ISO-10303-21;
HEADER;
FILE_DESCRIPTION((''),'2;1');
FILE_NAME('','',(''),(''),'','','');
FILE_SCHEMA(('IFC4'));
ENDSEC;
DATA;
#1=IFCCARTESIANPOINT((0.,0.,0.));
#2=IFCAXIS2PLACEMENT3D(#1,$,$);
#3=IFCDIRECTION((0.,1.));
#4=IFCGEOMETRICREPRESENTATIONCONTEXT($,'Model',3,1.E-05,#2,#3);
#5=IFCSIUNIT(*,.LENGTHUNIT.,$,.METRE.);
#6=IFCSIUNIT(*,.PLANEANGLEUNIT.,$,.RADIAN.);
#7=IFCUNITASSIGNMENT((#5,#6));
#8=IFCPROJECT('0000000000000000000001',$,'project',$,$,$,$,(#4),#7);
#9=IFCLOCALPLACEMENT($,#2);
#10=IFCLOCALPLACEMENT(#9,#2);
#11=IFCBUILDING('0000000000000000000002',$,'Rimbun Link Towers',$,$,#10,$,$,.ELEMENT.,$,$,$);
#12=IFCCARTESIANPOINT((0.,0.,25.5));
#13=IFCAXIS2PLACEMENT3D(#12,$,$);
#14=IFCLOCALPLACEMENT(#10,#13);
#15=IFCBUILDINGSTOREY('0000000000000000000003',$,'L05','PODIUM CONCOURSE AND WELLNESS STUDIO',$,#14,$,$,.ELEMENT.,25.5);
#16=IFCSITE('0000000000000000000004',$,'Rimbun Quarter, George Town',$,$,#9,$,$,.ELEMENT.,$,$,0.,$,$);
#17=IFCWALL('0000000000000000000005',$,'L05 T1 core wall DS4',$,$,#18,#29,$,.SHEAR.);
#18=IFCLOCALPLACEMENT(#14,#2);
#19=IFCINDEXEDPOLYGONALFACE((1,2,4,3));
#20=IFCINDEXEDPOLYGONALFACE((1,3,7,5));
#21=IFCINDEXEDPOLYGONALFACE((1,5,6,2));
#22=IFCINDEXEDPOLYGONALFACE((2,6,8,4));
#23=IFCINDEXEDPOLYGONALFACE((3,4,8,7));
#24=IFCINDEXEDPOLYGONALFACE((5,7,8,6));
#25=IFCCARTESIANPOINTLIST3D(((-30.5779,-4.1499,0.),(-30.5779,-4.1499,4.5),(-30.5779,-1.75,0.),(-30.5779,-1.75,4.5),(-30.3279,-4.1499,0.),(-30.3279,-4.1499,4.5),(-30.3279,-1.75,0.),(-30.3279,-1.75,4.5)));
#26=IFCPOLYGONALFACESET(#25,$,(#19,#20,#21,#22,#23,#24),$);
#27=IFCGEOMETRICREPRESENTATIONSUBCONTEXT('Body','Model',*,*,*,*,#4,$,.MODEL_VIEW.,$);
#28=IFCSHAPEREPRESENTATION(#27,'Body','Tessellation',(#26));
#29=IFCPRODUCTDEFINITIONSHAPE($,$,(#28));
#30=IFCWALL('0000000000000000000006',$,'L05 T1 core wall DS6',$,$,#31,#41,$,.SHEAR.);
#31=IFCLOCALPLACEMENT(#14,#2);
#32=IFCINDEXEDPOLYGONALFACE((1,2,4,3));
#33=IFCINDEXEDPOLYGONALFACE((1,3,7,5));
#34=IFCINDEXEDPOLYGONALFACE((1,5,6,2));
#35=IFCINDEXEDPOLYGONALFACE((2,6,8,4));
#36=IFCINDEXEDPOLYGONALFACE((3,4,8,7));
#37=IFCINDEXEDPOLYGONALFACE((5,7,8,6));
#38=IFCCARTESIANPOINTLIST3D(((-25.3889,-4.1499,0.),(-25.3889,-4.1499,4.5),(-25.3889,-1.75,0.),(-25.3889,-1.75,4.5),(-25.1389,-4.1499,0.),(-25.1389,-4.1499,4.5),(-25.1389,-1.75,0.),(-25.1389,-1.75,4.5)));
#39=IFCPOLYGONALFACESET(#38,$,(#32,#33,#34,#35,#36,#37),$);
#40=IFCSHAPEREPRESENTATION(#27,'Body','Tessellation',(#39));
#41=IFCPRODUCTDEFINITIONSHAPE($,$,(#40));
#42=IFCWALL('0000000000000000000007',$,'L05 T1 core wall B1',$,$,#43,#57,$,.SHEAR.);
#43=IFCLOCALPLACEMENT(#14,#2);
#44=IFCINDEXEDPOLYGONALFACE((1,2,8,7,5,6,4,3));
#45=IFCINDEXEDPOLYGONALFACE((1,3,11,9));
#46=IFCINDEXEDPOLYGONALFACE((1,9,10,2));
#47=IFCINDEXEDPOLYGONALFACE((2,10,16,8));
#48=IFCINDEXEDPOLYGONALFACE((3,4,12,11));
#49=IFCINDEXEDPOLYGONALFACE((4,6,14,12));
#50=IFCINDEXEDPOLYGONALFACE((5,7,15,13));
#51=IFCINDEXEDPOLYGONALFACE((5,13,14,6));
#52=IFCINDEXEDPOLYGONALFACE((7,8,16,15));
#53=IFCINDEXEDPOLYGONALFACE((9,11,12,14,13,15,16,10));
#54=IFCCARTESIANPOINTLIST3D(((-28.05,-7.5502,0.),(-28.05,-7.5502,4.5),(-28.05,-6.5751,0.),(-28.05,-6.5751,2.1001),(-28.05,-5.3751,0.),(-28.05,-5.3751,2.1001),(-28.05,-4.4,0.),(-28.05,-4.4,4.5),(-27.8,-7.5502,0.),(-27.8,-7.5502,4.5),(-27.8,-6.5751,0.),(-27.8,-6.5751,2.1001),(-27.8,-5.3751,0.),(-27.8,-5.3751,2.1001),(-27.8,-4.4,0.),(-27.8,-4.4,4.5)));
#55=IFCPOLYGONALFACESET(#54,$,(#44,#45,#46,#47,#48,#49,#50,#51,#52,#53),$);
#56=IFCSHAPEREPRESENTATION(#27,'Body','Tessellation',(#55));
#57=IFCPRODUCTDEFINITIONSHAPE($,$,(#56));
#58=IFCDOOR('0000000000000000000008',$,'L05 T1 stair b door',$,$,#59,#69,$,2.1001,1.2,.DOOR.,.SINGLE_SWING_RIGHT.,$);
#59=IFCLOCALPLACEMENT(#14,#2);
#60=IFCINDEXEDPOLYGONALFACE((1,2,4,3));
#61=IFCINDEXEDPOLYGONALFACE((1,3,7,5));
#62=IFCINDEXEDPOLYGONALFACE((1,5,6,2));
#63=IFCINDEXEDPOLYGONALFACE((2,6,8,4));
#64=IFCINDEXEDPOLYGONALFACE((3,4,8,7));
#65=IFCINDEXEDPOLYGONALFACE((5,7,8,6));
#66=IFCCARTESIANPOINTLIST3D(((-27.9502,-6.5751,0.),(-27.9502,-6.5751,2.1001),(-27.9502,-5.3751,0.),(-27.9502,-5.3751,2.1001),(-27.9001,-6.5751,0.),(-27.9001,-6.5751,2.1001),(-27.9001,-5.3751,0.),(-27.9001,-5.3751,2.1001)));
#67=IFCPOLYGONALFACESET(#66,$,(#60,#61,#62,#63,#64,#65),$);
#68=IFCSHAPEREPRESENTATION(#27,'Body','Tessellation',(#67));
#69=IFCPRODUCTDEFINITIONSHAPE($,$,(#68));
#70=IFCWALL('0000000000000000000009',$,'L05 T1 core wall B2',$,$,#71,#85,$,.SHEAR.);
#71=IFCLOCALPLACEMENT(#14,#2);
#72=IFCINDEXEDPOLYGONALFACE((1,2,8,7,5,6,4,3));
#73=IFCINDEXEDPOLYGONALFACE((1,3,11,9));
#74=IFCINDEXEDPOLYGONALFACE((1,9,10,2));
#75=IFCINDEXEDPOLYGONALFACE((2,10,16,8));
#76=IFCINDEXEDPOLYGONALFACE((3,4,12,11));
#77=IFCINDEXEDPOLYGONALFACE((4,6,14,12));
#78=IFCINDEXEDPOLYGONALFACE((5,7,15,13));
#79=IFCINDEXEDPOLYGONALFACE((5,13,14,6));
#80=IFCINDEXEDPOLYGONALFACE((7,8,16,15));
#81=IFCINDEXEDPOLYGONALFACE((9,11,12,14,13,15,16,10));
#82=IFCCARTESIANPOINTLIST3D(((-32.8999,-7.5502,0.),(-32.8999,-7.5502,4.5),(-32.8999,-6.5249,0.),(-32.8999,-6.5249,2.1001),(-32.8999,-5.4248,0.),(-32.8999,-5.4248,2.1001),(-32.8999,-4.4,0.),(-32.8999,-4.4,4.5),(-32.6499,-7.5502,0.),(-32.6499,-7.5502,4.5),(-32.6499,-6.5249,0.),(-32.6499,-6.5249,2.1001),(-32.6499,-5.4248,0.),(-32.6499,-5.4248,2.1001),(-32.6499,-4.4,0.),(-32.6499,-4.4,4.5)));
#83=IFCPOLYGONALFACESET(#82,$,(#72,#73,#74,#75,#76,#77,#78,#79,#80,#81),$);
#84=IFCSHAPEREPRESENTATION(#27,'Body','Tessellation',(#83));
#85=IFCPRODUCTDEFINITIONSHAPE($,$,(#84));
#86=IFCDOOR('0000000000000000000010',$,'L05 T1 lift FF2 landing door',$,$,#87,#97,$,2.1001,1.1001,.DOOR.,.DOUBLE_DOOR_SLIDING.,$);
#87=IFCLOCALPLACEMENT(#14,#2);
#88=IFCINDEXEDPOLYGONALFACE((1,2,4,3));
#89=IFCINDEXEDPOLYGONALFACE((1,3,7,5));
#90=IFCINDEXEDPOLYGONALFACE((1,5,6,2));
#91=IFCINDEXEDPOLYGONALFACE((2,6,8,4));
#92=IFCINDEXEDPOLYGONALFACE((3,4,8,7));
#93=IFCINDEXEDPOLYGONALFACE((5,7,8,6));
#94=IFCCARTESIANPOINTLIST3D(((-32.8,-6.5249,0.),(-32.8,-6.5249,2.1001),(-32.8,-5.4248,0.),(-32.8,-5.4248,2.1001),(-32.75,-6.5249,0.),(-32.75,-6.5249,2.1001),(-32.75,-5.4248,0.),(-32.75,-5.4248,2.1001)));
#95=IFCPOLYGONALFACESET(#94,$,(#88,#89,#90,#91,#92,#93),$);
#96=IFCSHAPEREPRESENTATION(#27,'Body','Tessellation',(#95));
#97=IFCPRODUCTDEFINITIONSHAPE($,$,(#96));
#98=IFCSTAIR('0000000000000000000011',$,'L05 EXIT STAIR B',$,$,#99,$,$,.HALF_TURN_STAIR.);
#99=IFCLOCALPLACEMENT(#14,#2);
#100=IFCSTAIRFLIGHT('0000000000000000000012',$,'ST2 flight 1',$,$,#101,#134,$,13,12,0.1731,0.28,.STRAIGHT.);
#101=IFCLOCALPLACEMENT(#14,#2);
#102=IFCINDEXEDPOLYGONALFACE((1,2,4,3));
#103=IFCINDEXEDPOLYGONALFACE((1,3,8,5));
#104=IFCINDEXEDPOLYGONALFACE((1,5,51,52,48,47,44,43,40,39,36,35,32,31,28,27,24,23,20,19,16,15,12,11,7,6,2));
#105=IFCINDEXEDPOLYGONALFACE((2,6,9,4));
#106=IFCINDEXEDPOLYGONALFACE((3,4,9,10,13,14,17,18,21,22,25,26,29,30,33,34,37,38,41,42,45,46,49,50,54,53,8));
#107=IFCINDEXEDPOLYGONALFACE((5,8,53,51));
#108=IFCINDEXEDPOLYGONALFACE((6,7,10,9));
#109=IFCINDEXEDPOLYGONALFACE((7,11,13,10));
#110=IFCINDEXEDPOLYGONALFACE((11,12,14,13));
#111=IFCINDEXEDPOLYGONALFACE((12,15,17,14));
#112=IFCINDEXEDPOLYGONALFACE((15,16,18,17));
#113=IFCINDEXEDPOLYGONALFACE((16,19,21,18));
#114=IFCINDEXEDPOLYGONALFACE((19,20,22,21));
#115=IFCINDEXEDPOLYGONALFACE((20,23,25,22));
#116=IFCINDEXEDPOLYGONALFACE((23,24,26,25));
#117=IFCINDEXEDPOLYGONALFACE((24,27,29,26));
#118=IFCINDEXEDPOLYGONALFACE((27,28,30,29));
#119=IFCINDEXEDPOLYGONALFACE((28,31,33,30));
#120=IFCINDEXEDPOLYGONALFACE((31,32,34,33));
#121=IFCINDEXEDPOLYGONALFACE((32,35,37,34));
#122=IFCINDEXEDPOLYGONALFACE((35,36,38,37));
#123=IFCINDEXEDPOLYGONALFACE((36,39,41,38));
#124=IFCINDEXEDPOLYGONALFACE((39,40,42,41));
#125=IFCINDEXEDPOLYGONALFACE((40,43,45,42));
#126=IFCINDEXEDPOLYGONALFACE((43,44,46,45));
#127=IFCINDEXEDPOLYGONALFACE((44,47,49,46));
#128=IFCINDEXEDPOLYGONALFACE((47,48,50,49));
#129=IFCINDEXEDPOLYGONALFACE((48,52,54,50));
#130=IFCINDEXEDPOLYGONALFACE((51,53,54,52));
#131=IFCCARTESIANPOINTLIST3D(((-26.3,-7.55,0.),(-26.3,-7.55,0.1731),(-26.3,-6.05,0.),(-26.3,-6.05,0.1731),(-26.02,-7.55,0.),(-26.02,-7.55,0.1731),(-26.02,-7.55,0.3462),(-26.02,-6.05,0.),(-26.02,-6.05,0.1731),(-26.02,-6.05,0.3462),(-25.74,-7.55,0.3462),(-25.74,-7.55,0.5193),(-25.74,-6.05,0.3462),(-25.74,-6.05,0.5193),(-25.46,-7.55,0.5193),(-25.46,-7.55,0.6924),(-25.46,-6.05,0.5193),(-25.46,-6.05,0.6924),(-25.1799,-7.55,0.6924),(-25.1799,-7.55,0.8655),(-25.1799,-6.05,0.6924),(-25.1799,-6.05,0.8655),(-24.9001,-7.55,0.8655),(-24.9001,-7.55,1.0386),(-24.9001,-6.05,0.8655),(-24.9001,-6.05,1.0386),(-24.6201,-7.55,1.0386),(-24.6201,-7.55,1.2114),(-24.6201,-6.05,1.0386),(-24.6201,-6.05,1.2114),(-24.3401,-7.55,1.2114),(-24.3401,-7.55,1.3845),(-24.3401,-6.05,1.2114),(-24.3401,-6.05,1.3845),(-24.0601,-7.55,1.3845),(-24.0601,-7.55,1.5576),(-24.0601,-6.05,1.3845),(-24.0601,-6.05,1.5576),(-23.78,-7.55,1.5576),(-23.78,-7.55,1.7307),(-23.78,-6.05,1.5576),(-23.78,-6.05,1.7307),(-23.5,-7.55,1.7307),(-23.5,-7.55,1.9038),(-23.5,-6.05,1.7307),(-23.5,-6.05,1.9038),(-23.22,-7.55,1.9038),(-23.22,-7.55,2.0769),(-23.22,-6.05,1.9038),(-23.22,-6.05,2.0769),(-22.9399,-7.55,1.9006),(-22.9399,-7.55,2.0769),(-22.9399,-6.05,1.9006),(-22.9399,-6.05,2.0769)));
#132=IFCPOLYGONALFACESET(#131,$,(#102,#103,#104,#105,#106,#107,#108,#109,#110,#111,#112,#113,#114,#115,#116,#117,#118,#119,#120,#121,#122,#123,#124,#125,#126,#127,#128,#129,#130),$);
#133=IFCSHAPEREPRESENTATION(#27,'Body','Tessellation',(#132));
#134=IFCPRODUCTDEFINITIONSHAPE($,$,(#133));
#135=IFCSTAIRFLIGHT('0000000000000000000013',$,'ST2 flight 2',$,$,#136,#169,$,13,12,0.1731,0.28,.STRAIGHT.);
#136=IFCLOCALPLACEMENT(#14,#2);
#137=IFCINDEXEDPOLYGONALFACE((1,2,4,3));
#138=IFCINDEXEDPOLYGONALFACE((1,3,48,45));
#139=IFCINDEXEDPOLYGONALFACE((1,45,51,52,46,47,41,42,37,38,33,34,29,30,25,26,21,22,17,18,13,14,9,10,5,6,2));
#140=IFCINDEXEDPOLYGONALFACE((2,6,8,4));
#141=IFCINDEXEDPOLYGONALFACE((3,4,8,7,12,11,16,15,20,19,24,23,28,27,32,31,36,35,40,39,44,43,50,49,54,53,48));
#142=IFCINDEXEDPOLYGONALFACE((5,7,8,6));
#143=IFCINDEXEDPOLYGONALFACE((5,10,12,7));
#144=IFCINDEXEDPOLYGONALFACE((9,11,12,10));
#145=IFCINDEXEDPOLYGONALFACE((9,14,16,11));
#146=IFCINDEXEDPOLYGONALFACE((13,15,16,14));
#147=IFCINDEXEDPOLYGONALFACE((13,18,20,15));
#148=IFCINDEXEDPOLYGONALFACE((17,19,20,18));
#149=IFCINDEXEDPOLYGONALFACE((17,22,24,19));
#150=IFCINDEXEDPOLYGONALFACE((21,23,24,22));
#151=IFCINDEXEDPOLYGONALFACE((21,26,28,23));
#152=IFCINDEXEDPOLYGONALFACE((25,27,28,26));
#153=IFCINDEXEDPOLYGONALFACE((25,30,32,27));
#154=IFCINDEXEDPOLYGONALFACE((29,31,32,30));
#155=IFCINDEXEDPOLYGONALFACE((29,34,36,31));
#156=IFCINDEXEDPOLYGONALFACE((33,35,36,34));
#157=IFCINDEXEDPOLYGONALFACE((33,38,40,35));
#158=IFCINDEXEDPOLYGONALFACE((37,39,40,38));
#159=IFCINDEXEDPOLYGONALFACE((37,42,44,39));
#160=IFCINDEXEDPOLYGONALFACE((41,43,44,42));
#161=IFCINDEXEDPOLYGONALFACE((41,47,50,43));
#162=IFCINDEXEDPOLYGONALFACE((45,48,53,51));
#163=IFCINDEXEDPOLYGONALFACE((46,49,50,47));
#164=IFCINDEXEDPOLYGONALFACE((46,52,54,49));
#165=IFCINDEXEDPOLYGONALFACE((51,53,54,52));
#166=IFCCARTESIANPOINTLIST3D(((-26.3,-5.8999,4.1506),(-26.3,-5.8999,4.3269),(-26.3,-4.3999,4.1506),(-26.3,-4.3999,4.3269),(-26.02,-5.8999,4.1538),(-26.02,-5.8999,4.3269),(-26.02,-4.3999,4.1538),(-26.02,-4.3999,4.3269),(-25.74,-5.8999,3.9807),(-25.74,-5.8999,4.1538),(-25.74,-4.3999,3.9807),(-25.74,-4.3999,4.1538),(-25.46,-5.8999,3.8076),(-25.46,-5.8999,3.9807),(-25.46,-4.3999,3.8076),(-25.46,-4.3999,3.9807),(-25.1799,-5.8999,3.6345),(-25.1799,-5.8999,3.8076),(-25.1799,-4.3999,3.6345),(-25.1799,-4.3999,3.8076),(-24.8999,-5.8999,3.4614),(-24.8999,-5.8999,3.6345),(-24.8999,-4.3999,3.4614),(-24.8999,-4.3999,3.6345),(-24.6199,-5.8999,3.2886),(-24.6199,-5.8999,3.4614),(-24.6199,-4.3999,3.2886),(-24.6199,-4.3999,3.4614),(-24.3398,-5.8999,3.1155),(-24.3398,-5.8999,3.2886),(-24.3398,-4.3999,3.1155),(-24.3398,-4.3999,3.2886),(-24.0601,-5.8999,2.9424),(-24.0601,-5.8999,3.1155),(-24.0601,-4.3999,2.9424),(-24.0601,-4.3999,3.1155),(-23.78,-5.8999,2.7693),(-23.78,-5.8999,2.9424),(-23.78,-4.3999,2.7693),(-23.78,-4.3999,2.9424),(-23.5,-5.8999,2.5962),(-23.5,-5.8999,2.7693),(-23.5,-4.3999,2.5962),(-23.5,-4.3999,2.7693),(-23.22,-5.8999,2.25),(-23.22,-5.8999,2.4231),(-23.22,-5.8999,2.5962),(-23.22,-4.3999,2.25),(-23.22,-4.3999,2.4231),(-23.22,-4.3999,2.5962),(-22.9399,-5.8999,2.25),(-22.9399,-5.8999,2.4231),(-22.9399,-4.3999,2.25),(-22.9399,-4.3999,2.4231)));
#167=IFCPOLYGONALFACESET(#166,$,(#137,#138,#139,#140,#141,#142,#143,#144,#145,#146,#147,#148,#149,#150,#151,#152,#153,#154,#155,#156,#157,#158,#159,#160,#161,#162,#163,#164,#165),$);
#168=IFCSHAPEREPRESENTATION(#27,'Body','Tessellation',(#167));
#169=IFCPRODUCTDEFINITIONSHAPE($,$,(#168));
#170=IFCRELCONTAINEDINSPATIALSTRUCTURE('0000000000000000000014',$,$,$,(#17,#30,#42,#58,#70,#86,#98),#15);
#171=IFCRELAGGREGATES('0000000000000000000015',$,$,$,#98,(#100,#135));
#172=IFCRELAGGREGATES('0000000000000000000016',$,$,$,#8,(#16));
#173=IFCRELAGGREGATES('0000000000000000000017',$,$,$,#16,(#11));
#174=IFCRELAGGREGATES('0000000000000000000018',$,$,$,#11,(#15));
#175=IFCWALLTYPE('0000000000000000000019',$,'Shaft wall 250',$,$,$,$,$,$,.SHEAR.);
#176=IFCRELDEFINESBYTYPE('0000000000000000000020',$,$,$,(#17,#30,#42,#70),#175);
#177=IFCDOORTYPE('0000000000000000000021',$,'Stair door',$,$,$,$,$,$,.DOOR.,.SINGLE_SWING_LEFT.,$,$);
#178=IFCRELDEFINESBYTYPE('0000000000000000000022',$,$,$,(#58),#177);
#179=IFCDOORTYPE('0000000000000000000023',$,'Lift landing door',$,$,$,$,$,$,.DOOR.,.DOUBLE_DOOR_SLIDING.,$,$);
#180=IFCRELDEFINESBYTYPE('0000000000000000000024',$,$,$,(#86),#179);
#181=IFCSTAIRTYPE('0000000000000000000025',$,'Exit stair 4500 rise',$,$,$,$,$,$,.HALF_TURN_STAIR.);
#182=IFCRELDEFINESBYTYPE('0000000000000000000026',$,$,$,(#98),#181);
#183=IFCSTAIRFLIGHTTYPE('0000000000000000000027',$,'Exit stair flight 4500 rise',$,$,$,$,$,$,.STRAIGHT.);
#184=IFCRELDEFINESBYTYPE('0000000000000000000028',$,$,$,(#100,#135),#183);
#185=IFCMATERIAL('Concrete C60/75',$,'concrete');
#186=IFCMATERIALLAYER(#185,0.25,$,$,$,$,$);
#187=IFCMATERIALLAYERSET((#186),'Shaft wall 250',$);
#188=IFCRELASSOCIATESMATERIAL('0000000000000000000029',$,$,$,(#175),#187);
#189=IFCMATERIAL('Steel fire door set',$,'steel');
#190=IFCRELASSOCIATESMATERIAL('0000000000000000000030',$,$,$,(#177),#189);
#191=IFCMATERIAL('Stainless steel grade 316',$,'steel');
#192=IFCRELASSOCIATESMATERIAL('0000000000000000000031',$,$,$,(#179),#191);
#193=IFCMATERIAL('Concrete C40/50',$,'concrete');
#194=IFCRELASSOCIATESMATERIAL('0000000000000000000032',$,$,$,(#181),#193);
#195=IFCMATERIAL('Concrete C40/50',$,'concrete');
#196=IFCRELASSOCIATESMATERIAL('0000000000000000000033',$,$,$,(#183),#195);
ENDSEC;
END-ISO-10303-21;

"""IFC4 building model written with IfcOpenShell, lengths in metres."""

from ifc_helpers import new_model, si_unit, direction, frame, frame_2d, origin, place, context, subcontext, project, spatial, polyline, rectangle, outline, extrude, material, layer, layer_set, type_object, element, fill, aggregate, save


model = new_model("IFC4")

# Units and contexts
model_context = context("Model", 3, precision=1e-05, world=origin(), true_north=direction((0.0, 1.0)))
body_context = subcontext(model_context, "Body", "Model", "MODEL_VIEW")
ifc_project = project(units=[si_unit("LENGTHUNIT", "METRE"), si_unit("PLANEANGLEUNIT", "RADIAN")], contexts=[model_context])

# Site, building, storey
site_placement = place(None, origin())
site = spatial("IfcSite", under=ifc_project, at=site_placement, Name="Rimbun Quarter, George Town", CompositionType="ELEMENT", RefElevation=0.0)
building_placement = place(site_placement, origin())
building = spatial("IfcBuilding", under=site, at=building_placement, Name="Rimbun Link Towers", CompositionType="ELEMENT")
storey_placement = place(building_placement, frame((0.0, 0.0, 25.5)))
storey = spatial("IfcBuildingStorey", under=building, at=storey_placement, Name="L05", Description="PODIUM CONCOURSE AND WELLNESS STUDIO", CompositionType="ELEMENT", Elevation=25.5)

# Walls
ifc_material_1 = material(Name="Concrete C60/75", Category="concrete")
ifc_layer_1 = layer(ifc_material_1, 0.25)
ifc_layer_set_1 = layer_set([ifc_layer_1], Name="Shaft wall 250")
wall_type_1 = type_object("IfcWallType", Name="Shaft wall 250", PredefinedType="SHEAR", material=ifc_layer_set_1)
for number, where, z_axis, x_axis, name in (
    (1, (-30.4529, -4.1499, 0.0), (0.0, 0.0, 1.0), (0.0, 1.0, 0.0), "L05 T1 core wall DS4"),
    (2, (-25.2639, -4.1499, 0.0), (0.0, 0.0, 1.0), (0.0, 1.0, 0.0), "L05 T1 core wall DS6"),
):
    element("IfcWall", number, at=place(storey_placement, frame(where, z_axis=z_axis, x_axis=x_axis)), inside=storey, type_object=wall_type_1, Name=name, PredefinedType="SHEAR", context=body_context, shape_type="SweptSolid", body=[
        extrude(rectangle(XDim=2.3999, YDim=0.25, at=frame_2d((1.2, 0.0))), origin(), (0.0, 0.0, 1.0), 4.5),
    ])

# Walls, openings, doors
wall_1_placement = place(storey_placement, frame((-27.925, -4.3999, 0.0), z_axis=(0.0, 0.0, 1.0), x_axis=(0.0, -1.0, 0.0)))
wall_1 = element("IfcWall", 3, at=wall_1_placement, inside=storey, type_object=wall_type_1, Name="L05 T1 core wall B1", PredefinedType="SHEAR", context=body_context, shape_type="SweptSolid", body=[
    extrude(rectangle(XDim=3.1501, YDim=0.25, at=frame_2d((1.5752, 0.0))), origin(), (0.0, 0.0, 1.0), 4.5),
])
opening_1_placement = place(wall_1_placement, frame((0.9751, 0.0, 0.0)))
opening_1 = element("IfcOpeningElement", 4, at=opening_1_placement, cuts=wall_1, PredefinedType="OPENING", context=body_context, shape_type="SweptSolid", body=[
    extrude(rectangle(XDim=1.2, YDim=2.1001, at=frame_2d((0.6001, 1.05))), frame((0.0, 0.135, 0.0), z_axis=(0.0, -1.0, 0.0), x_axis=(1.0, 0.0, 0.0)), (0.0, 0.0, 1.0), 0.27),
])
ifc_material_2 = material(Name="Steel fire door set", Category="steel")
door_type_1 = type_object("IfcDoorType", Name="Stair door", OperationType="SINGLE_SWING_LEFT", PredefinedType="DOOR", material=ifc_material_2)
door_1_placement = place(opening_1_placement, origin())
door_1 = element("IfcDoor", 5, at=door_1_placement, inside=storey, type_object=door_type_1, Name="L05 T1 stair b door", OperationType="SINGLE_SWING_RIGHT", OverallHeight=2.1001, OverallWidth=1.2, PredefinedType="DOOR", context=body_context, shape_type="SweptSolid", body=[
    extrude(rectangle(XDim=1.2, YDim=2.1001, at=frame_2d((0.6001, 1.05))), frame((0.0, 0.0249, 0.0), z_axis=(0.0, -1.0, 0.0), x_axis=(1.0, 0.0, 0.0)), (0.0, 0.0, 1.0), 0.05),
])
fill(opening_1, door_1)
wall_2_placement = place(storey_placement, frame((-32.7749, -4.3999, 0.0), z_axis=(0.0, 0.0, 1.0), x_axis=(0.0, -1.0, 0.0)))
wall_2 = element("IfcWall", 6, at=wall_2_placement, inside=storey, type_object=wall_type_1, Name="L05 T1 core wall B2", PredefinedType="SHEAR", context=body_context, shape_type="SweptSolid", body=[
    extrude(rectangle(XDim=3.1501, YDim=0.25, at=frame_2d((1.5752, 0.0))), origin(), (0.0, 0.0, 1.0), 4.5),
])
opening_2_placement = place(wall_2_placement, frame((1.0249, 0.0, 0.0)))
opening_2 = element("IfcOpeningElement", 7, at=opening_2_placement, cuts=wall_2, PredefinedType="OPENING", context=body_context, shape_type="SweptSolid", body=[
    extrude(rectangle(XDim=1.1001, YDim=2.1001, at=frame_2d((0.55, 1.05))), frame((0.0, 0.135, 0.0), z_axis=(0.0, -1.0, 0.0), x_axis=(1.0, 0.0, 0.0)), (0.0, 0.0, 1.0), 0.27),
])
ifc_material_3 = material(Name="Stainless steel grade 316", Category="steel")
door_type_2 = type_object("IfcDoorType", Name="Lift landing door", OperationType="DOUBLE_DOOR_SLIDING", PredefinedType="DOOR", material=ifc_material_3)
door_2_placement = place(opening_2_placement, origin())
door_2 = element("IfcDoor", 8, at=door_2_placement, inside=storey, type_object=door_type_2, Name="L05 T1 lift FF2 landing door", OperationType="DOUBLE_DOOR_SLIDING", OverallHeight=2.1001, OverallWidth=1.1001, PredefinedType="DOOR", context=body_context, shape_type="SweptSolid", body=[
    extrude(rectangle(XDim=1.1001, YDim=2.1001, at=frame_2d((0.55, 1.05))), frame((0.0, 0.0249, 0.0), z_axis=(0.0, -1.0, 0.0), x_axis=(1.0, 0.0, 0.0)), (0.0, 0.0, 1.0), 0.05),
])
fill(opening_2, door_2)

# Stair, stair flights
ifc_material_4 = material(Name="Concrete C40/50", Category="concrete")
stair_type = type_object("IfcStairType", Name="Exit stair 4500 rise", PredefinedType="HALF_TURN_STAIR", material=ifc_material_4)
stair_placement = place(storey_placement, origin())
stair = element("IfcStair", 9, at=stair_placement, inside=storey, type_object=stair_type, Name="L05 EXIT STAIR B", PredefinedType="HALF_TURN_STAIR")
ifc_material_5 = material(Name="Concrete C40/50", Category="concrete")
stair_flight_type = type_object("IfcStairFlightType", Name="Exit stair flight 4500 rise", PredefinedType="STRAIGHT", material=ifc_material_5)
stair_flight_1_placement = place(storey_placement, frame((-26.3, -6.8, 0.0), z_axis=(0.0, 0.0, 1.0), x_axis=(1.0, 0.0, 0.0)))
stair_flight_1 = element("IfcStairFlight", 10, at=stair_flight_1_placement, type_object=stair_flight_type, Name="ST2 flight 1", NumberOfRisers=13, NumberOfTreads=12, PredefinedType="STRAIGHT", RiserHeight=0.1731, TreadLength=0.28, context=body_context, shape_type="SweptSolid", body=[
    extrude(outline(polyline([(0.0, 0.0), (0.0, 0.1731), (0.28, 0.1731), (0.28, 0.3462), (0.5601, 0.3462), (0.5601, 0.5193), (0.8401, 0.5193), (0.8401, 0.6924), (1.1201, 0.6924), (1.1201, 0.8655), (1.3999, 0.8655), (1.3999, 1.0386), (1.6799, 1.0386), (1.6799, 1.2114), (1.96, 1.2114), (1.96, 1.3845), (2.24, 1.3845), (2.24, 1.5576), (2.52, 1.5576), (2.52, 1.7307), (2.8, 1.7307), (2.8, 1.9038), (3.0801, 1.9038), (3.0801, 2.0769), (3.3601, 2.0769), (3.3601, 2.25), (3.3601, 1.9006), (0.28, 0.0), (0.0, 0.0)])), frame((0.0, 0.75, 0.0), z_axis=(0.0, -1.0, 0.0), x_axis=(1.0, 0.0, 0.0)), (0.0, 0.0, 1.0), 1.5),
])
stair_flight_2_placement = place(storey_placement, frame((-22.9399, -5.1499, 2.25), z_axis=(0.0, 0.0, 1.0), x_axis=(-1.0, 0.0, 0.0)))
stair_flight_2 = element("IfcStairFlight", 11, at=stair_flight_2_placement, type_object=stair_flight_type, Name="ST2 flight 2", NumberOfRisers=13, NumberOfTreads=12, PredefinedType="STRAIGHT", RiserHeight=0.1731, TreadLength=0.28, context=body_context, shape_type="SweptSolid", body=[
    extrude(outline(polyline([(0.0, 0.0), (0.0, 0.1731), (0.28, 0.1731), (0.28, 0.3462), (0.5601, 0.3462), (0.5601, 0.5193), (0.8401, 0.5193), (0.8401, 0.6924), (1.1201, 0.6924), (1.1201, 0.8655), (1.3999, 0.8655), (1.3999, 1.0386), (1.6799, 1.0386), (1.6799, 1.2114), (1.96, 1.2114), (1.96, 1.3845), (2.24, 1.3845), (2.24, 1.5576), (2.52, 1.5576), (2.52, 1.7307), (2.8, 1.7307), (2.8, 1.9038), (3.0801, 1.9038), (3.0801, 2.0769), (3.3601, 2.0769), (3.3601, 2.25), (3.3601, 1.9006), (0.28, 0.0), (0.0, 0.0)])), frame((0.0, 0.75, 0.0), z_axis=(0.0, -1.0, 0.0), x_axis=(1.0, 0.0, 0.0)), (0.0, 0.0, 1.0), 1.5),
])
aggregate(stair, [stair_flight_1, stair_flight_2])

save(model, "model.ifc")
